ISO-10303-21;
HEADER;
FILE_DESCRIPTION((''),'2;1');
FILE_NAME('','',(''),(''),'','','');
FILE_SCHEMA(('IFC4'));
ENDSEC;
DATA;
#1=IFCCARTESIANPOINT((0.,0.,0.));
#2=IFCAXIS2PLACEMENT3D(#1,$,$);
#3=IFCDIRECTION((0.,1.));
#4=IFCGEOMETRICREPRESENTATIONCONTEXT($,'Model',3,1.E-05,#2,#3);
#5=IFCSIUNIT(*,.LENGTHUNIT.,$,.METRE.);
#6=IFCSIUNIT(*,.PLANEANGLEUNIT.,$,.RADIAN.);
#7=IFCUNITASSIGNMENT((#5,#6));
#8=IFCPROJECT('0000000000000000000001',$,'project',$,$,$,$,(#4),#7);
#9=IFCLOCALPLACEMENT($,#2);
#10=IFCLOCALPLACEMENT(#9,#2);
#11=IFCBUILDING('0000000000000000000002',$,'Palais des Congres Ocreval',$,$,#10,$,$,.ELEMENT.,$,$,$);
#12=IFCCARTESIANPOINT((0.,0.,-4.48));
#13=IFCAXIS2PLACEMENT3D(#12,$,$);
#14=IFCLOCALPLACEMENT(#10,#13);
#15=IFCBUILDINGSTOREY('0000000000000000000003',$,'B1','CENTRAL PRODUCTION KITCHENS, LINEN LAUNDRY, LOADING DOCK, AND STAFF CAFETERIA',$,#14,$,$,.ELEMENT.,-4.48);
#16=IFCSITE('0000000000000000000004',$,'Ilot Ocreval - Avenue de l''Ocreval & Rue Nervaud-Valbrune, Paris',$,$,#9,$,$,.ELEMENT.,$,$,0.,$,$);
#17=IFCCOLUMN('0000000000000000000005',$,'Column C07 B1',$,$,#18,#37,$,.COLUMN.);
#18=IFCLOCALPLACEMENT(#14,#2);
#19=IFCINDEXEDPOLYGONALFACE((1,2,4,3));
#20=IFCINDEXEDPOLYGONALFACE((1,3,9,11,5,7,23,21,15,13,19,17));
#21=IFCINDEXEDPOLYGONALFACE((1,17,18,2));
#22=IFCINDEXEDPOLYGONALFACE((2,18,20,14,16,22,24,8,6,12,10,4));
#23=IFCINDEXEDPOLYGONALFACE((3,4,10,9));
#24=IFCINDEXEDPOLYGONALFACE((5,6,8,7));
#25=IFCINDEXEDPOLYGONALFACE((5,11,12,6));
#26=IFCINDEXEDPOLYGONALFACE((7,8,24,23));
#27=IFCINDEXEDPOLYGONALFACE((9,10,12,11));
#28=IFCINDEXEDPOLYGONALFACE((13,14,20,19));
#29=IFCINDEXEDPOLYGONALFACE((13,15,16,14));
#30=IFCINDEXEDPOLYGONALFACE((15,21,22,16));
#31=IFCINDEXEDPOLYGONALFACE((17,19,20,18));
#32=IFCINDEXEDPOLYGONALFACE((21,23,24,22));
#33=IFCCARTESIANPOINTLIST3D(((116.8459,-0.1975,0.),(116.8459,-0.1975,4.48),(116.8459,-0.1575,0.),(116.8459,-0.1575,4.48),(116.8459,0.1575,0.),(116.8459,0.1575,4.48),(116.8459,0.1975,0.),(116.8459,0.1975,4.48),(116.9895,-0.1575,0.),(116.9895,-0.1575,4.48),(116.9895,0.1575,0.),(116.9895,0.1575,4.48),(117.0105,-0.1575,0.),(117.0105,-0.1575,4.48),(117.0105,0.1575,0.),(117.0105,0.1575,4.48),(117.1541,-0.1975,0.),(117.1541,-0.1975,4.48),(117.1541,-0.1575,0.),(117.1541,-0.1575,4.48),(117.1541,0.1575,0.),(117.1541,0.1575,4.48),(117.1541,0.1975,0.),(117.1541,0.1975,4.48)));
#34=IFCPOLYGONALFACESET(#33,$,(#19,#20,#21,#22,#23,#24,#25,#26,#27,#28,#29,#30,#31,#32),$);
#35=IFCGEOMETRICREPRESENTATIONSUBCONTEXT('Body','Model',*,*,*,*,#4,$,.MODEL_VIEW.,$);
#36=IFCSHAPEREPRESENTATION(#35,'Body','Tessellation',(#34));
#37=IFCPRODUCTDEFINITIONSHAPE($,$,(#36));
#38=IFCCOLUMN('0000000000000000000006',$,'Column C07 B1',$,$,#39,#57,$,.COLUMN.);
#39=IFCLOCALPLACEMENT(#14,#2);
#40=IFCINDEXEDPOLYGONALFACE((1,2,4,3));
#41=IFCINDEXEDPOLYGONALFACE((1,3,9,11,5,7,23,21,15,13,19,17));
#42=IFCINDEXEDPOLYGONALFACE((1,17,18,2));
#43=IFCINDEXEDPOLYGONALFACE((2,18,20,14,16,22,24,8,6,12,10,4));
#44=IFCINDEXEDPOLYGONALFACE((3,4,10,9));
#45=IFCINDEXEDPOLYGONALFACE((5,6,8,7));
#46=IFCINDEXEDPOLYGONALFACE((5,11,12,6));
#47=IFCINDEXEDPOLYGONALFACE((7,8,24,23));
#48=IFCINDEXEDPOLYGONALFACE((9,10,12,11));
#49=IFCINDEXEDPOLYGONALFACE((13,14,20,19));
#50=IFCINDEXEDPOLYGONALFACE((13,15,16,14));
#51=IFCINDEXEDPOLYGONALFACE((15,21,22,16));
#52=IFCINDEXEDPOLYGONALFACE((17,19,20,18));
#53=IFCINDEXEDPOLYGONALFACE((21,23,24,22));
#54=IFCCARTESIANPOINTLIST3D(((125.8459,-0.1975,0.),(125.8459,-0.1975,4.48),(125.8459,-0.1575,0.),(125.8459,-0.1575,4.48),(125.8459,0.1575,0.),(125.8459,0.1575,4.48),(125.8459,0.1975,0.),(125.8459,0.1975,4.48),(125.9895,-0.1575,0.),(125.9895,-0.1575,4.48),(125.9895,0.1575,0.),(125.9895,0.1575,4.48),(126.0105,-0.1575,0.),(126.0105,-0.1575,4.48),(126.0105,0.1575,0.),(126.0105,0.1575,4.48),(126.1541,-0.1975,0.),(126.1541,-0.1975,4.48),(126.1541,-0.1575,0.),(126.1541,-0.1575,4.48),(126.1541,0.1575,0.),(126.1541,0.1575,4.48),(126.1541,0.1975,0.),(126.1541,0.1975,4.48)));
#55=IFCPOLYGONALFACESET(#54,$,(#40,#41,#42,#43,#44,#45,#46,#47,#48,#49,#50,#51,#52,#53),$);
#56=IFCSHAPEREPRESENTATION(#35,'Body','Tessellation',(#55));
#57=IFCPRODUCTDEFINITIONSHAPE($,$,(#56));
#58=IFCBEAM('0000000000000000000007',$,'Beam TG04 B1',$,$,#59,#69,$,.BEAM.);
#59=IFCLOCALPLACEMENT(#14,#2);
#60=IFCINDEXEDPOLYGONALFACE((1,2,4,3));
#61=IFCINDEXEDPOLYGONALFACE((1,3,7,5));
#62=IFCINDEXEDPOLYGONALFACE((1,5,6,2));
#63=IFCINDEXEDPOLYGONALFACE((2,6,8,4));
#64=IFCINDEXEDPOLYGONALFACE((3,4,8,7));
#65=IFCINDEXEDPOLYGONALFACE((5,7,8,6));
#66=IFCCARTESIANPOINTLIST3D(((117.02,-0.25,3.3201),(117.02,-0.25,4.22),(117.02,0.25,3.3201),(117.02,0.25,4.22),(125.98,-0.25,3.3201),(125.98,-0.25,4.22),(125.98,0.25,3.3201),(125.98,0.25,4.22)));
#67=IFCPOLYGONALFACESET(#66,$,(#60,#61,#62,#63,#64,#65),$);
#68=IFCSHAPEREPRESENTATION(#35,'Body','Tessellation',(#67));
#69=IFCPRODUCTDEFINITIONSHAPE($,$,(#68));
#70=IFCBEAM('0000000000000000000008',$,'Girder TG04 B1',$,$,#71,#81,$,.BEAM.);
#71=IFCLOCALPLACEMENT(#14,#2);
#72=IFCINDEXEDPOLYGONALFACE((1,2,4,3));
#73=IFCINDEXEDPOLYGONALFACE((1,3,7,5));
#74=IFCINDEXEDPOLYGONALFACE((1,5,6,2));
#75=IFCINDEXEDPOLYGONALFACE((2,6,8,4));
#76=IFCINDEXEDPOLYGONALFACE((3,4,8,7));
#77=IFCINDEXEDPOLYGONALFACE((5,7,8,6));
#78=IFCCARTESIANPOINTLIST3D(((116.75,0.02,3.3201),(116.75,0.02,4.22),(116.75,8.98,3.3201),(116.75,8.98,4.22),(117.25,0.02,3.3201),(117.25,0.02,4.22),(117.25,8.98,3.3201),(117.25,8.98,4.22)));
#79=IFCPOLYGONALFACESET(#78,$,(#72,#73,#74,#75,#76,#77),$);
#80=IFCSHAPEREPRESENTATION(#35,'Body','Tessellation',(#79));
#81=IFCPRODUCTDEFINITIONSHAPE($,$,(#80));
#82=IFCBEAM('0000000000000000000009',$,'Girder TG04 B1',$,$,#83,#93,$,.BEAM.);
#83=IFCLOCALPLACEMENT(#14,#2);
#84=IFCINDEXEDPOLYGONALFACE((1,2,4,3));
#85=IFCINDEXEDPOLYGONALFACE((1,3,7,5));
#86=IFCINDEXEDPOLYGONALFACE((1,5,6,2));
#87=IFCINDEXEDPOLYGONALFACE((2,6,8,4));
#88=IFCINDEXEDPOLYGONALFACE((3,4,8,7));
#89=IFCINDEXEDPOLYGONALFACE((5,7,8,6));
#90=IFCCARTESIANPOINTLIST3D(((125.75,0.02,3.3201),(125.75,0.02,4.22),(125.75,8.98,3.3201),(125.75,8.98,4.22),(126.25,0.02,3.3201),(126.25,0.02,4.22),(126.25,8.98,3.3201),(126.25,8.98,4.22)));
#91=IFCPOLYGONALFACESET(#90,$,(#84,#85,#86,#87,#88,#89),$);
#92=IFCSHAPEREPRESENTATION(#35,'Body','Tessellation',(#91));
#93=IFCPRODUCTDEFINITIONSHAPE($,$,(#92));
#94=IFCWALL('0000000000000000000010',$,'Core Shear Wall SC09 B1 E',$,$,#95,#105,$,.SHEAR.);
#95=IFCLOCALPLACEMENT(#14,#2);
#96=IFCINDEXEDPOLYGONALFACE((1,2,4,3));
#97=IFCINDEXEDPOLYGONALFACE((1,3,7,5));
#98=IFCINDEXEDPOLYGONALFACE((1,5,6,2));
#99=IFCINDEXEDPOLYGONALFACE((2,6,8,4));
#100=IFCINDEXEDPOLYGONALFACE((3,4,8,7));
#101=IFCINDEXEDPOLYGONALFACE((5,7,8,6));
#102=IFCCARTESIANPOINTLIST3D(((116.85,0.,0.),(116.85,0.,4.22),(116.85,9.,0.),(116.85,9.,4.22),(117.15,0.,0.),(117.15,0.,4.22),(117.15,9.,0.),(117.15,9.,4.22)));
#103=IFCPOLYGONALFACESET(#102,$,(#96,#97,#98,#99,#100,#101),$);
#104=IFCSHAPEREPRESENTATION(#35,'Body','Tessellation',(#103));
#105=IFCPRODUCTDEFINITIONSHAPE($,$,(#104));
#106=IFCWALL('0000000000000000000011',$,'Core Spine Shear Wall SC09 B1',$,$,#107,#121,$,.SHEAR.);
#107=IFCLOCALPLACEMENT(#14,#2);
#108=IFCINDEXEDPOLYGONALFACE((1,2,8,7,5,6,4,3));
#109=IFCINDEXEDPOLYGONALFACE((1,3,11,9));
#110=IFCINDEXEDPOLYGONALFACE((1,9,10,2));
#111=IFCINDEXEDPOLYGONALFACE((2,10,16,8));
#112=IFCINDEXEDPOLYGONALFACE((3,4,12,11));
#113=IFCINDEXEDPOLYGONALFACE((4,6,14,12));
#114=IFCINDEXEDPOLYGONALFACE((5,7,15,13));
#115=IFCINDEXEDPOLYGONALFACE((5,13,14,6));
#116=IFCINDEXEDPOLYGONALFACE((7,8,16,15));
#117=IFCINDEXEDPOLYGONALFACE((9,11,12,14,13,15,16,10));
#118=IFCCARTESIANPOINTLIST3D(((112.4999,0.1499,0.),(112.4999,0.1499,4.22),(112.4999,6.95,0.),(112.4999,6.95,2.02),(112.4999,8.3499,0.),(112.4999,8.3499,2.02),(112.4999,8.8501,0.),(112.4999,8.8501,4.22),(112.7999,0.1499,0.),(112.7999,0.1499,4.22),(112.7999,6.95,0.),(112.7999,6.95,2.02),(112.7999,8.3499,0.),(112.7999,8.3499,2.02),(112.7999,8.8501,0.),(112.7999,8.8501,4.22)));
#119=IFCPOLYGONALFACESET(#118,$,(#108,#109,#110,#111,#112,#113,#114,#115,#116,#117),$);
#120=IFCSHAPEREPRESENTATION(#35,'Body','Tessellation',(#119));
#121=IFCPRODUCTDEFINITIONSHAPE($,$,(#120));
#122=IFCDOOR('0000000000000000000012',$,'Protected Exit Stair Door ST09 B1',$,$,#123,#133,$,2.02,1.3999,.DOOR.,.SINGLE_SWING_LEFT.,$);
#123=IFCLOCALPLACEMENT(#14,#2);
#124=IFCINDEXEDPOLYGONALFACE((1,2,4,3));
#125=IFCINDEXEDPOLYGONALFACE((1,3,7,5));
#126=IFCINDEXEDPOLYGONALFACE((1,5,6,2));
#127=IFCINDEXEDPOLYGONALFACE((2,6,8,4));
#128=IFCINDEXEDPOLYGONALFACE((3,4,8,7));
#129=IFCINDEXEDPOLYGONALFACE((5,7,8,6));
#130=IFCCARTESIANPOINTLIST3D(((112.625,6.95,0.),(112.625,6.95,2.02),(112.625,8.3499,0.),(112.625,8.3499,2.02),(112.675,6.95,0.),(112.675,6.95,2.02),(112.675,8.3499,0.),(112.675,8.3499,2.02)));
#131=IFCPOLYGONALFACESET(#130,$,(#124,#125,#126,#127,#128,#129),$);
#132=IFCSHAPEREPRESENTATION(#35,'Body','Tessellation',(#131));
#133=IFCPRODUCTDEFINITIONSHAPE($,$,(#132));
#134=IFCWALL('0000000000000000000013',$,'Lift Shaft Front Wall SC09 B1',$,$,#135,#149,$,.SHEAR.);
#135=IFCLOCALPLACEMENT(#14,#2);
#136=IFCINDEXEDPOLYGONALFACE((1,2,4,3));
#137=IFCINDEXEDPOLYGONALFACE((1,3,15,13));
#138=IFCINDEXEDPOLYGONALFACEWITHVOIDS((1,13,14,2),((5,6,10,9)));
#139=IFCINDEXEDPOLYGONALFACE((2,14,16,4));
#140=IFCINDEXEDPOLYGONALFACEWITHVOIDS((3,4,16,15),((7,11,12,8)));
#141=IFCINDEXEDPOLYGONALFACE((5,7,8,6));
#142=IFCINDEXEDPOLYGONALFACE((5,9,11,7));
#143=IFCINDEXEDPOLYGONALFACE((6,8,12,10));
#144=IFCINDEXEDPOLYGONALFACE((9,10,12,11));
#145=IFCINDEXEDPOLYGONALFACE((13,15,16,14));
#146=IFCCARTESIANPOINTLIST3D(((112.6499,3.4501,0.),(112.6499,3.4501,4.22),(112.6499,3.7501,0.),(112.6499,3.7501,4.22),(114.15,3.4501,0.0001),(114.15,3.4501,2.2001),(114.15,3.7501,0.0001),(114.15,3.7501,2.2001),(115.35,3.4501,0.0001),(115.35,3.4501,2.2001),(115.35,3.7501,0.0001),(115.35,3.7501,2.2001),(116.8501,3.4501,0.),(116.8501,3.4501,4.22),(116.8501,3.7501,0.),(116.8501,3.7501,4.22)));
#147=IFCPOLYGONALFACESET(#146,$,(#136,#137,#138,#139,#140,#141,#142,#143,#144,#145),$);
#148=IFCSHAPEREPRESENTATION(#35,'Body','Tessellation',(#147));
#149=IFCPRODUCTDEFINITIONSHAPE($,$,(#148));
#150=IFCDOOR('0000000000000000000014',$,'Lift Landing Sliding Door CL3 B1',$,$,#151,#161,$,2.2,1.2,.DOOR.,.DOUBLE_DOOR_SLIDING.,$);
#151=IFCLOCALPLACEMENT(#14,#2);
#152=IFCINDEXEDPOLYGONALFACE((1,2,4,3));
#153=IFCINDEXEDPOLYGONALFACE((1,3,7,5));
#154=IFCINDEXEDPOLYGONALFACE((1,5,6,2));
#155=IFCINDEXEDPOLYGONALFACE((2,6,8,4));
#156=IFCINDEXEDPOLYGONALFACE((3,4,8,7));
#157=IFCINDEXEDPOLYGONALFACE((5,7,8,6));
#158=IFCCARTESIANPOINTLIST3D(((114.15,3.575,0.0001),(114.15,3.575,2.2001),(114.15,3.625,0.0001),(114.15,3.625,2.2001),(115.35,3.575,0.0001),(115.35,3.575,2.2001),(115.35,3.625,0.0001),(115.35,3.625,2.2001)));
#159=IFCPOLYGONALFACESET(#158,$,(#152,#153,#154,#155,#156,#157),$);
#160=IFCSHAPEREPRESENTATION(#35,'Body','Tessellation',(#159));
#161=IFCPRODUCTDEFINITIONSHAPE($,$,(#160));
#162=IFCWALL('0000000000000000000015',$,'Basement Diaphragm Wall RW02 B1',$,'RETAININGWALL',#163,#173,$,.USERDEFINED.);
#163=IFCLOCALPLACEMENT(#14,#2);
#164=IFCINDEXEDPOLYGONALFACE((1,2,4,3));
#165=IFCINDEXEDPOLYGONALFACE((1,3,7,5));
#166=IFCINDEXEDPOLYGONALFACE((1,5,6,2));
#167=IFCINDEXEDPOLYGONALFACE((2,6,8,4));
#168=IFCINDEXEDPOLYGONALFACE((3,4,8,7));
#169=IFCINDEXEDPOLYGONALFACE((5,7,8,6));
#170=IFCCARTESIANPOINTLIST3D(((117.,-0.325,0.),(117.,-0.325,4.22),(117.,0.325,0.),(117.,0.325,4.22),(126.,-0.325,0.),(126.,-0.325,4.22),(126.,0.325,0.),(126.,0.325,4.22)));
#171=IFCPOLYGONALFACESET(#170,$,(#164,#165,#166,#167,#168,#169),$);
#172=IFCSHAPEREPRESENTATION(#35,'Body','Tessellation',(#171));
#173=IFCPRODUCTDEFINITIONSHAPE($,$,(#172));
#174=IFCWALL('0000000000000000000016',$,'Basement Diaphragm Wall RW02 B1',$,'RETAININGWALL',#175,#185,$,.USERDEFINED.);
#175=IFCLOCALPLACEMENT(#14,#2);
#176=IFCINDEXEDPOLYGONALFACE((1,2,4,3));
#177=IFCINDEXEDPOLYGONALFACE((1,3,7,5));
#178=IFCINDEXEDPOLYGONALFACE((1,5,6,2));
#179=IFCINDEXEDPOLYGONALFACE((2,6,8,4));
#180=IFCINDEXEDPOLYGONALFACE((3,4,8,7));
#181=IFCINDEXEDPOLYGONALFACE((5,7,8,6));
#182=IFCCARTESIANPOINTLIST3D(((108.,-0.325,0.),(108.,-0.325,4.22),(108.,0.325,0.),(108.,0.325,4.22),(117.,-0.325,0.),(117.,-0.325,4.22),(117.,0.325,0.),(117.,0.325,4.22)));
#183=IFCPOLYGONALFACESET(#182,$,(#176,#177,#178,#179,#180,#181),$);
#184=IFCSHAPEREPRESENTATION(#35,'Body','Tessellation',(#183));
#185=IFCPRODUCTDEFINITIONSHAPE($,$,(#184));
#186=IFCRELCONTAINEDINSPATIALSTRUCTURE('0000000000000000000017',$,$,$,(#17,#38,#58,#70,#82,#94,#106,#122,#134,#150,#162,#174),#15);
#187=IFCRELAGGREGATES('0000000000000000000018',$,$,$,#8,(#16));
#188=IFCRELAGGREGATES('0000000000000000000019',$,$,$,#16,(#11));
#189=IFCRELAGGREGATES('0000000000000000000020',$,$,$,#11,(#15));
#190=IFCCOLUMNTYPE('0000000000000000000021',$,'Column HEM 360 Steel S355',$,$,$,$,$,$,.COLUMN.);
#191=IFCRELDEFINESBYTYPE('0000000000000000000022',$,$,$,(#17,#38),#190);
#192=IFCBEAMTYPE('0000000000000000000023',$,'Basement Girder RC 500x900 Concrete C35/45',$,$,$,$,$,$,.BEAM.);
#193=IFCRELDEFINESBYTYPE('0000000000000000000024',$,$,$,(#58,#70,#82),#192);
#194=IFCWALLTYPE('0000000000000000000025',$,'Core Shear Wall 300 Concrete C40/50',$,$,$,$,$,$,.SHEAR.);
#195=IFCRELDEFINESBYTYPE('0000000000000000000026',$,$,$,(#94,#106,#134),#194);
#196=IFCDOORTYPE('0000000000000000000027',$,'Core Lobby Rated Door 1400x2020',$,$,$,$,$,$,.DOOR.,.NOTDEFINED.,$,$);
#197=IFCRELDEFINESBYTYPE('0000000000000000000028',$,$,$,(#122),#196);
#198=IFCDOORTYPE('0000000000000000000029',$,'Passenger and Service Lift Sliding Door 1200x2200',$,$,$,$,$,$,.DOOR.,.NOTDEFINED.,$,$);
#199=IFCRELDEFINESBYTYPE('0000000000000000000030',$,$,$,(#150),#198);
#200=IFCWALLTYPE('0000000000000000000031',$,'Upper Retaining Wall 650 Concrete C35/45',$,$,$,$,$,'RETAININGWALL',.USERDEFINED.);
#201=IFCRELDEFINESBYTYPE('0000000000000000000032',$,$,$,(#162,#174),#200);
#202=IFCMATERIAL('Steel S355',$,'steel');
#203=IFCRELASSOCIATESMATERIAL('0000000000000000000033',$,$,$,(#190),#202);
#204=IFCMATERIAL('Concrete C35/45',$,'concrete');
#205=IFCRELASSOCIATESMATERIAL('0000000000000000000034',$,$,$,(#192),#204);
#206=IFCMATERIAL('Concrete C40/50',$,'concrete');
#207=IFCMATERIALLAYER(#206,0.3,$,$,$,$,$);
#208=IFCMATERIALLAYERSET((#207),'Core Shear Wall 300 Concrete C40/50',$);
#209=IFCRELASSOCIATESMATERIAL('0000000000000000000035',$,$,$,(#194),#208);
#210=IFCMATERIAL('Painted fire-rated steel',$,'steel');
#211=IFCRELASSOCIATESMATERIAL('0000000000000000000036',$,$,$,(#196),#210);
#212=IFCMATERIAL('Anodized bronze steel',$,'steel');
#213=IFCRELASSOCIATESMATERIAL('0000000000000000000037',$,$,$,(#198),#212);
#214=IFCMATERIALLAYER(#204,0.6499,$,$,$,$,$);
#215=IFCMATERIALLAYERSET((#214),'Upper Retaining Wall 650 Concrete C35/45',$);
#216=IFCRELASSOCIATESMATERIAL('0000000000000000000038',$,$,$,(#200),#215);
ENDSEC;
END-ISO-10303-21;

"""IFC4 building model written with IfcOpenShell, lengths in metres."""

from ifc_helpers import new_model, si_unit, direction, frame, frame_2d, origin, origin_2d, place, context, subcontext, project, spatial, rectangle, i_section, extrude, material, layer, layer_set, material_profile, profile_set, type_object, element, fill, save


model = new_model("IFC4")

# Units and contexts
model_context = context("Model", 3, precision=1e-05, world=origin(), true_north=direction((0.0, 1.0)))
body_context = subcontext(model_context, "Body", "Model", "MODEL_VIEW")
ifc_project = project(units=[si_unit("LENGTHUNIT", "METRE"), si_unit("PLANEANGLEUNIT", "RADIAN")], contexts=[model_context])

# Site, building, storey
site_placement = place(None, origin())
site = spatial("IfcSite", under=ifc_project, at=site_placement, Name="Ilot Ocreval - Avenue de l'Ocreval & Rue Nervaud-Valbrune, Paris", CompositionType="ELEMENT", RefElevation=0.0)
building_placement = place(site_placement, origin())
building = spatial("IfcBuilding", under=site, at=building_placement, Name="Palais des Congres Ocreval", CompositionType="ELEMENT")
storey_placement = place(building_placement, frame((0.0, 0.0, -4.48)))
storey = spatial("IfcBuildingStorey", under=building, at=storey_placement, Name="B1", Description="CENTRAL PRODUCTION KITCHENS, LINEN LAUNDRY, LOADING DOCK, AND STAFF CAFETERIA", CompositionType="ELEMENT", Elevation=-4.48)

# Columns
ifc_material_1 = material(Name="Steel S355", Category="steel")
ifc_material_profile_1 = material_profile(ifc_material_1, i_section(OverallWidth=0.3081, OverallDepth=0.395, WebThickness=0.021, FlangeThickness=0.04, at=origin_2d()), Name="HEM 360")
ifc_profile_set_1 = profile_set([ifc_material_profile_1], Name="Steel S355")
column_type = type_object("IfcColumnType", Name="Column HEM 360 Steel S355", PredefinedType="COLUMN", material=ifc_profile_set_1)
for number, where, z_axis, x_axis, name in (
    (1, (117.0, 0.0, 0.0), (0.0, 0.0, 1.0), (1.0, 0.0, 0.0), "Column C07 B1"),
    (2, (126.0, 0.0, 0.0), (0.0, 0.0, 1.0), (1.0, 0.0, 0.0), "Column C07 B1"),
):
    element("IfcColumn", number, at=place(storey_placement, frame(where, z_axis=z_axis, x_axis=x_axis)), inside=storey, type_object=column_type, Name=name, PredefinedType="COLUMN", context=body_context, shape_type="SweptSolid", body=[
        extrude(i_section(OverallWidth=0.3081, OverallDepth=0.395, WebThickness=0.021, FlangeThickness=0.04, at=origin_2d()), origin(), (0.0, 0.0, 1.0), 4.48),
    ])

# Beams
ifc_material_2 = material(Name="Concrete C35/45", Category="concrete")
ifc_material_profile_2 = material_profile(ifc_material_2, rectangle(XDim=0.5, YDim=0.8999, at=origin_2d()), Name="RC 500x900")
ifc_profile_set_2 = profile_set([ifc_material_profile_2], Name="Concrete C35/45")
beam_type = type_object("IfcBeamType", Name="Basement Girder RC 500x900 Concrete C35/45", PredefinedType="BEAM", material=ifc_profile_set_2)
for number, where, z_axis, x_axis, name in (
    (3, (117.02, 0.0, 3.77), (1.0, 0.0, 0.0), (0.0, 1.0, 0.0), "Beam TG04 B1"),
    (4, (117.0, 0.02, 3.77), (0.0, 1.0, 0.0), (-1.0, 0.0, 0.0), "Girder TG04 B1"),
    (5, (126.0, 0.02, 3.77), (0.0, 1.0, 0.0), (-1.0, 0.0, 0.0), "Girder TG04 B1"),
):
    element("IfcBeam", number, at=place(storey_placement, frame(where, z_axis=z_axis, x_axis=x_axis)), inside=storey, type_object=beam_type, Name=name, PredefinedType="BEAM", context=body_context, shape_type="SweptSolid", body=[
        extrude(rectangle(XDim=0.5, YDim=0.8999, at=origin_2d()), origin(), (0.0, 0.0, 1.0), 8.96),
    ])

# Wall
ifc_material_3 = material(Name="Concrete C40/50", Category="concrete")
ifc_layer_1 = layer(ifc_material_3, 0.3)
ifc_layer_set_1 = layer_set([ifc_layer_1], Name="Core Shear Wall 300 Concrete C40/50")
wall_type_1 = type_object("IfcWallType", Name="Core Shear Wall 300 Concrete C40/50", PredefinedType="SHEAR", material=ifc_layer_set_1)
wall_1_placement = place(storey_placement, frame((117.0, 0.0, 0.0), z_axis=(0.0, 0.0, 1.0), x_axis=(0.0, 1.0, 0.0)))
element("IfcWall", 6, at=wall_1_placement, inside=storey, type_object=wall_type_1, Name="Core Shear Wall SC09 B1 E", PredefinedType="SHEAR", context=body_context, shape_type="SweptSolid", body=[
    extrude(rectangle(XDim=9.0, YDim=0.3, at=frame_2d((4.5, 0.0))), origin(), (0.0, 0.0, 1.0), 4.22),
])

# Walls, openings, doors
wall_2_placement = place(storey_placement, frame((112.6499, 0.1499, 0.0), z_axis=(0.0, 0.0, 1.0), x_axis=(0.0, 1.0, 0.0)))
wall_2 = element("IfcWall", 7, at=wall_2_placement, inside=storey, type_object=wall_type_1, Name="Core Spine Shear Wall SC09 B1", PredefinedType="SHEAR", context=body_context, shape_type="SweptSolid", body=[
    extrude(rectangle(XDim=8.7002, YDim=0.3, at=frame_2d((4.3501, 0.0))), origin(), (0.0, 0.0, 1.0), 4.22),
])
opening_1_placement = place(wall_2_placement, frame((6.8, 0.0, 0.0)))
opening_1 = element("IfcOpeningElement", 8, at=opening_1_placement, cuts=wall_2, PredefinedType="OPENING", context=body_context, shape_type="SweptSolid", body=[
    extrude(rectangle(XDim=1.3999, YDim=2.02, at=frame_2d((0.7, 1.01))), frame((0.0, 0.1599, 0.0), z_axis=(0.0, -1.0, 0.0), x_axis=(1.0, 0.0, 0.0)), (0.0, 0.0, 1.0), 0.3201),
])
ifc_material_4 = material(Name="Painted fire-rated steel", Category="steel")
door_type_1 = type_object("IfcDoorType", Name="Core Lobby Rated Door 1400x2020", OperationType="NOTDEFINED", PredefinedType="DOOR", material=ifc_material_4)
door_1_placement = place(opening_1_placement, origin())
door_1 = element("IfcDoor", 9, at=door_1_placement, inside=storey, type_object=door_type_1, Name="Protected Exit Stair Door ST09 B1", OperationType="SINGLE_SWING_LEFT", OverallHeight=2.02, OverallWidth=1.3999, PredefinedType="DOOR", context=body_context, shape_type="SweptSolid", body=[
    extrude(rectangle(XDim=1.3999, YDim=2.02, at=frame_2d((0.7, 1.01))), frame((0.0, 0.0249, 0.0), z_axis=(0.0, -1.0, 0.0), x_axis=(1.0, 0.0, 0.0)), (0.0, 0.0, 1.0), 0.05),
])
fill(opening_1, door_1)
wall_3_placement = place(storey_placement, frame((112.6499, 3.6001, 0.0), z_axis=(0.0, 0.0, 1.0), x_axis=(1.0, 0.0, 0.0)))
wall_3 = element("IfcWall", 10, at=wall_3_placement, inside=storey, type_object=wall_type_1, Name="Lift Shaft Front Wall SC09 B1", PredefinedType="SHEAR", context=body_context, shape_type="SweptSolid", body=[
    extrude(rectangle(XDim=4.2002, YDim=0.3, at=frame_2d((2.1001, 0.0))), origin(), (0.0, 0.0, 1.0), 4.22),
])
opening_2_placement = place(wall_3_placement, frame((1.5, 0.0, 0.0)))
opening_2 = element("IfcOpeningElement", 11, at=opening_2_placement, cuts=wall_3, PredefinedType="OPENING", context=body_context, shape_type="SweptSolid", body=[
    extrude(rectangle(XDim=1.2, YDim=2.2, at=frame_2d((0.6001, 1.1001))), frame((0.0, 0.1599, 0.0), z_axis=(0.0, -1.0, 0.0), x_axis=(1.0, 0.0, 0.0)), (0.0, 0.0, 1.0), 0.3201),
])
ifc_material_5 = material(Name="Anodized bronze steel", Category="steel")
door_type_2 = type_object("IfcDoorType", Name="Passenger and Service Lift Sliding Door 1200x2200", OperationType="NOTDEFINED", PredefinedType="DOOR", material=ifc_material_5)
door_2_placement = place(opening_2_placement, origin())
door_2 = element("IfcDoor", 12, at=door_2_placement, inside=storey, type_object=door_type_2, Name="Lift Landing Sliding Door CL3 B1", OperationType="DOUBLE_DOOR_SLIDING", OverallHeight=2.2, OverallWidth=1.2, PredefinedType="DOOR", context=body_context, shape_type="SweptSolid", body=[
    extrude(rectangle(XDim=1.2, YDim=2.2, at=frame_2d((0.6001, 1.1001))), frame((0.0, 0.0249, 0.0), z_axis=(0.0, -1.0, 0.0), x_axis=(1.0, 0.0, 0.0)), (0.0, 0.0, 1.0), 0.05),
])
fill(opening_2, door_2)

# Walls
ifc_layer_2 = layer(ifc_material_2, 0.6499)
ifc_layer_set_2 = layer_set([ifc_layer_2], Name="Upper Retaining Wall 650 Concrete C35/45")
wall_type_2 = type_object("IfcWallType", Name="Upper Retaining Wall 650 Concrete C35/45", ElementType="RETAININGWALL", PredefinedType="USERDEFINED", material=ifc_layer_set_2)
for number, where, z_axis, x_axis, name in (
    (13, (126.0, 0.0, 0.0), (0.0, 0.0, 1.0), (-1.0, 0.0, 0.0), "Basement Diaphragm Wall RW02 B1"),
    (14, (117.0, 0.0, 0.0), (0.0, 0.0, 1.0), (-1.0, 0.0, 0.0), "Basement Diaphragm Wall RW02 B1"),
):
    element("IfcWall", number, at=place(storey_placement, frame(where, z_axis=z_axis, x_axis=x_axis)), inside=storey, type_object=wall_type_2, Name=name, ObjectType="RETAININGWALL", PredefinedType="USERDEFINED", context=body_context, shape_type="SweptSolid", body=[
        extrude(rectangle(XDim=9.0, YDim=0.6499, at=frame_2d((4.5, 0.0))), origin(), (0.0, 0.0, 1.0), 4.22),
    ])

save(model, "model.ifc")
